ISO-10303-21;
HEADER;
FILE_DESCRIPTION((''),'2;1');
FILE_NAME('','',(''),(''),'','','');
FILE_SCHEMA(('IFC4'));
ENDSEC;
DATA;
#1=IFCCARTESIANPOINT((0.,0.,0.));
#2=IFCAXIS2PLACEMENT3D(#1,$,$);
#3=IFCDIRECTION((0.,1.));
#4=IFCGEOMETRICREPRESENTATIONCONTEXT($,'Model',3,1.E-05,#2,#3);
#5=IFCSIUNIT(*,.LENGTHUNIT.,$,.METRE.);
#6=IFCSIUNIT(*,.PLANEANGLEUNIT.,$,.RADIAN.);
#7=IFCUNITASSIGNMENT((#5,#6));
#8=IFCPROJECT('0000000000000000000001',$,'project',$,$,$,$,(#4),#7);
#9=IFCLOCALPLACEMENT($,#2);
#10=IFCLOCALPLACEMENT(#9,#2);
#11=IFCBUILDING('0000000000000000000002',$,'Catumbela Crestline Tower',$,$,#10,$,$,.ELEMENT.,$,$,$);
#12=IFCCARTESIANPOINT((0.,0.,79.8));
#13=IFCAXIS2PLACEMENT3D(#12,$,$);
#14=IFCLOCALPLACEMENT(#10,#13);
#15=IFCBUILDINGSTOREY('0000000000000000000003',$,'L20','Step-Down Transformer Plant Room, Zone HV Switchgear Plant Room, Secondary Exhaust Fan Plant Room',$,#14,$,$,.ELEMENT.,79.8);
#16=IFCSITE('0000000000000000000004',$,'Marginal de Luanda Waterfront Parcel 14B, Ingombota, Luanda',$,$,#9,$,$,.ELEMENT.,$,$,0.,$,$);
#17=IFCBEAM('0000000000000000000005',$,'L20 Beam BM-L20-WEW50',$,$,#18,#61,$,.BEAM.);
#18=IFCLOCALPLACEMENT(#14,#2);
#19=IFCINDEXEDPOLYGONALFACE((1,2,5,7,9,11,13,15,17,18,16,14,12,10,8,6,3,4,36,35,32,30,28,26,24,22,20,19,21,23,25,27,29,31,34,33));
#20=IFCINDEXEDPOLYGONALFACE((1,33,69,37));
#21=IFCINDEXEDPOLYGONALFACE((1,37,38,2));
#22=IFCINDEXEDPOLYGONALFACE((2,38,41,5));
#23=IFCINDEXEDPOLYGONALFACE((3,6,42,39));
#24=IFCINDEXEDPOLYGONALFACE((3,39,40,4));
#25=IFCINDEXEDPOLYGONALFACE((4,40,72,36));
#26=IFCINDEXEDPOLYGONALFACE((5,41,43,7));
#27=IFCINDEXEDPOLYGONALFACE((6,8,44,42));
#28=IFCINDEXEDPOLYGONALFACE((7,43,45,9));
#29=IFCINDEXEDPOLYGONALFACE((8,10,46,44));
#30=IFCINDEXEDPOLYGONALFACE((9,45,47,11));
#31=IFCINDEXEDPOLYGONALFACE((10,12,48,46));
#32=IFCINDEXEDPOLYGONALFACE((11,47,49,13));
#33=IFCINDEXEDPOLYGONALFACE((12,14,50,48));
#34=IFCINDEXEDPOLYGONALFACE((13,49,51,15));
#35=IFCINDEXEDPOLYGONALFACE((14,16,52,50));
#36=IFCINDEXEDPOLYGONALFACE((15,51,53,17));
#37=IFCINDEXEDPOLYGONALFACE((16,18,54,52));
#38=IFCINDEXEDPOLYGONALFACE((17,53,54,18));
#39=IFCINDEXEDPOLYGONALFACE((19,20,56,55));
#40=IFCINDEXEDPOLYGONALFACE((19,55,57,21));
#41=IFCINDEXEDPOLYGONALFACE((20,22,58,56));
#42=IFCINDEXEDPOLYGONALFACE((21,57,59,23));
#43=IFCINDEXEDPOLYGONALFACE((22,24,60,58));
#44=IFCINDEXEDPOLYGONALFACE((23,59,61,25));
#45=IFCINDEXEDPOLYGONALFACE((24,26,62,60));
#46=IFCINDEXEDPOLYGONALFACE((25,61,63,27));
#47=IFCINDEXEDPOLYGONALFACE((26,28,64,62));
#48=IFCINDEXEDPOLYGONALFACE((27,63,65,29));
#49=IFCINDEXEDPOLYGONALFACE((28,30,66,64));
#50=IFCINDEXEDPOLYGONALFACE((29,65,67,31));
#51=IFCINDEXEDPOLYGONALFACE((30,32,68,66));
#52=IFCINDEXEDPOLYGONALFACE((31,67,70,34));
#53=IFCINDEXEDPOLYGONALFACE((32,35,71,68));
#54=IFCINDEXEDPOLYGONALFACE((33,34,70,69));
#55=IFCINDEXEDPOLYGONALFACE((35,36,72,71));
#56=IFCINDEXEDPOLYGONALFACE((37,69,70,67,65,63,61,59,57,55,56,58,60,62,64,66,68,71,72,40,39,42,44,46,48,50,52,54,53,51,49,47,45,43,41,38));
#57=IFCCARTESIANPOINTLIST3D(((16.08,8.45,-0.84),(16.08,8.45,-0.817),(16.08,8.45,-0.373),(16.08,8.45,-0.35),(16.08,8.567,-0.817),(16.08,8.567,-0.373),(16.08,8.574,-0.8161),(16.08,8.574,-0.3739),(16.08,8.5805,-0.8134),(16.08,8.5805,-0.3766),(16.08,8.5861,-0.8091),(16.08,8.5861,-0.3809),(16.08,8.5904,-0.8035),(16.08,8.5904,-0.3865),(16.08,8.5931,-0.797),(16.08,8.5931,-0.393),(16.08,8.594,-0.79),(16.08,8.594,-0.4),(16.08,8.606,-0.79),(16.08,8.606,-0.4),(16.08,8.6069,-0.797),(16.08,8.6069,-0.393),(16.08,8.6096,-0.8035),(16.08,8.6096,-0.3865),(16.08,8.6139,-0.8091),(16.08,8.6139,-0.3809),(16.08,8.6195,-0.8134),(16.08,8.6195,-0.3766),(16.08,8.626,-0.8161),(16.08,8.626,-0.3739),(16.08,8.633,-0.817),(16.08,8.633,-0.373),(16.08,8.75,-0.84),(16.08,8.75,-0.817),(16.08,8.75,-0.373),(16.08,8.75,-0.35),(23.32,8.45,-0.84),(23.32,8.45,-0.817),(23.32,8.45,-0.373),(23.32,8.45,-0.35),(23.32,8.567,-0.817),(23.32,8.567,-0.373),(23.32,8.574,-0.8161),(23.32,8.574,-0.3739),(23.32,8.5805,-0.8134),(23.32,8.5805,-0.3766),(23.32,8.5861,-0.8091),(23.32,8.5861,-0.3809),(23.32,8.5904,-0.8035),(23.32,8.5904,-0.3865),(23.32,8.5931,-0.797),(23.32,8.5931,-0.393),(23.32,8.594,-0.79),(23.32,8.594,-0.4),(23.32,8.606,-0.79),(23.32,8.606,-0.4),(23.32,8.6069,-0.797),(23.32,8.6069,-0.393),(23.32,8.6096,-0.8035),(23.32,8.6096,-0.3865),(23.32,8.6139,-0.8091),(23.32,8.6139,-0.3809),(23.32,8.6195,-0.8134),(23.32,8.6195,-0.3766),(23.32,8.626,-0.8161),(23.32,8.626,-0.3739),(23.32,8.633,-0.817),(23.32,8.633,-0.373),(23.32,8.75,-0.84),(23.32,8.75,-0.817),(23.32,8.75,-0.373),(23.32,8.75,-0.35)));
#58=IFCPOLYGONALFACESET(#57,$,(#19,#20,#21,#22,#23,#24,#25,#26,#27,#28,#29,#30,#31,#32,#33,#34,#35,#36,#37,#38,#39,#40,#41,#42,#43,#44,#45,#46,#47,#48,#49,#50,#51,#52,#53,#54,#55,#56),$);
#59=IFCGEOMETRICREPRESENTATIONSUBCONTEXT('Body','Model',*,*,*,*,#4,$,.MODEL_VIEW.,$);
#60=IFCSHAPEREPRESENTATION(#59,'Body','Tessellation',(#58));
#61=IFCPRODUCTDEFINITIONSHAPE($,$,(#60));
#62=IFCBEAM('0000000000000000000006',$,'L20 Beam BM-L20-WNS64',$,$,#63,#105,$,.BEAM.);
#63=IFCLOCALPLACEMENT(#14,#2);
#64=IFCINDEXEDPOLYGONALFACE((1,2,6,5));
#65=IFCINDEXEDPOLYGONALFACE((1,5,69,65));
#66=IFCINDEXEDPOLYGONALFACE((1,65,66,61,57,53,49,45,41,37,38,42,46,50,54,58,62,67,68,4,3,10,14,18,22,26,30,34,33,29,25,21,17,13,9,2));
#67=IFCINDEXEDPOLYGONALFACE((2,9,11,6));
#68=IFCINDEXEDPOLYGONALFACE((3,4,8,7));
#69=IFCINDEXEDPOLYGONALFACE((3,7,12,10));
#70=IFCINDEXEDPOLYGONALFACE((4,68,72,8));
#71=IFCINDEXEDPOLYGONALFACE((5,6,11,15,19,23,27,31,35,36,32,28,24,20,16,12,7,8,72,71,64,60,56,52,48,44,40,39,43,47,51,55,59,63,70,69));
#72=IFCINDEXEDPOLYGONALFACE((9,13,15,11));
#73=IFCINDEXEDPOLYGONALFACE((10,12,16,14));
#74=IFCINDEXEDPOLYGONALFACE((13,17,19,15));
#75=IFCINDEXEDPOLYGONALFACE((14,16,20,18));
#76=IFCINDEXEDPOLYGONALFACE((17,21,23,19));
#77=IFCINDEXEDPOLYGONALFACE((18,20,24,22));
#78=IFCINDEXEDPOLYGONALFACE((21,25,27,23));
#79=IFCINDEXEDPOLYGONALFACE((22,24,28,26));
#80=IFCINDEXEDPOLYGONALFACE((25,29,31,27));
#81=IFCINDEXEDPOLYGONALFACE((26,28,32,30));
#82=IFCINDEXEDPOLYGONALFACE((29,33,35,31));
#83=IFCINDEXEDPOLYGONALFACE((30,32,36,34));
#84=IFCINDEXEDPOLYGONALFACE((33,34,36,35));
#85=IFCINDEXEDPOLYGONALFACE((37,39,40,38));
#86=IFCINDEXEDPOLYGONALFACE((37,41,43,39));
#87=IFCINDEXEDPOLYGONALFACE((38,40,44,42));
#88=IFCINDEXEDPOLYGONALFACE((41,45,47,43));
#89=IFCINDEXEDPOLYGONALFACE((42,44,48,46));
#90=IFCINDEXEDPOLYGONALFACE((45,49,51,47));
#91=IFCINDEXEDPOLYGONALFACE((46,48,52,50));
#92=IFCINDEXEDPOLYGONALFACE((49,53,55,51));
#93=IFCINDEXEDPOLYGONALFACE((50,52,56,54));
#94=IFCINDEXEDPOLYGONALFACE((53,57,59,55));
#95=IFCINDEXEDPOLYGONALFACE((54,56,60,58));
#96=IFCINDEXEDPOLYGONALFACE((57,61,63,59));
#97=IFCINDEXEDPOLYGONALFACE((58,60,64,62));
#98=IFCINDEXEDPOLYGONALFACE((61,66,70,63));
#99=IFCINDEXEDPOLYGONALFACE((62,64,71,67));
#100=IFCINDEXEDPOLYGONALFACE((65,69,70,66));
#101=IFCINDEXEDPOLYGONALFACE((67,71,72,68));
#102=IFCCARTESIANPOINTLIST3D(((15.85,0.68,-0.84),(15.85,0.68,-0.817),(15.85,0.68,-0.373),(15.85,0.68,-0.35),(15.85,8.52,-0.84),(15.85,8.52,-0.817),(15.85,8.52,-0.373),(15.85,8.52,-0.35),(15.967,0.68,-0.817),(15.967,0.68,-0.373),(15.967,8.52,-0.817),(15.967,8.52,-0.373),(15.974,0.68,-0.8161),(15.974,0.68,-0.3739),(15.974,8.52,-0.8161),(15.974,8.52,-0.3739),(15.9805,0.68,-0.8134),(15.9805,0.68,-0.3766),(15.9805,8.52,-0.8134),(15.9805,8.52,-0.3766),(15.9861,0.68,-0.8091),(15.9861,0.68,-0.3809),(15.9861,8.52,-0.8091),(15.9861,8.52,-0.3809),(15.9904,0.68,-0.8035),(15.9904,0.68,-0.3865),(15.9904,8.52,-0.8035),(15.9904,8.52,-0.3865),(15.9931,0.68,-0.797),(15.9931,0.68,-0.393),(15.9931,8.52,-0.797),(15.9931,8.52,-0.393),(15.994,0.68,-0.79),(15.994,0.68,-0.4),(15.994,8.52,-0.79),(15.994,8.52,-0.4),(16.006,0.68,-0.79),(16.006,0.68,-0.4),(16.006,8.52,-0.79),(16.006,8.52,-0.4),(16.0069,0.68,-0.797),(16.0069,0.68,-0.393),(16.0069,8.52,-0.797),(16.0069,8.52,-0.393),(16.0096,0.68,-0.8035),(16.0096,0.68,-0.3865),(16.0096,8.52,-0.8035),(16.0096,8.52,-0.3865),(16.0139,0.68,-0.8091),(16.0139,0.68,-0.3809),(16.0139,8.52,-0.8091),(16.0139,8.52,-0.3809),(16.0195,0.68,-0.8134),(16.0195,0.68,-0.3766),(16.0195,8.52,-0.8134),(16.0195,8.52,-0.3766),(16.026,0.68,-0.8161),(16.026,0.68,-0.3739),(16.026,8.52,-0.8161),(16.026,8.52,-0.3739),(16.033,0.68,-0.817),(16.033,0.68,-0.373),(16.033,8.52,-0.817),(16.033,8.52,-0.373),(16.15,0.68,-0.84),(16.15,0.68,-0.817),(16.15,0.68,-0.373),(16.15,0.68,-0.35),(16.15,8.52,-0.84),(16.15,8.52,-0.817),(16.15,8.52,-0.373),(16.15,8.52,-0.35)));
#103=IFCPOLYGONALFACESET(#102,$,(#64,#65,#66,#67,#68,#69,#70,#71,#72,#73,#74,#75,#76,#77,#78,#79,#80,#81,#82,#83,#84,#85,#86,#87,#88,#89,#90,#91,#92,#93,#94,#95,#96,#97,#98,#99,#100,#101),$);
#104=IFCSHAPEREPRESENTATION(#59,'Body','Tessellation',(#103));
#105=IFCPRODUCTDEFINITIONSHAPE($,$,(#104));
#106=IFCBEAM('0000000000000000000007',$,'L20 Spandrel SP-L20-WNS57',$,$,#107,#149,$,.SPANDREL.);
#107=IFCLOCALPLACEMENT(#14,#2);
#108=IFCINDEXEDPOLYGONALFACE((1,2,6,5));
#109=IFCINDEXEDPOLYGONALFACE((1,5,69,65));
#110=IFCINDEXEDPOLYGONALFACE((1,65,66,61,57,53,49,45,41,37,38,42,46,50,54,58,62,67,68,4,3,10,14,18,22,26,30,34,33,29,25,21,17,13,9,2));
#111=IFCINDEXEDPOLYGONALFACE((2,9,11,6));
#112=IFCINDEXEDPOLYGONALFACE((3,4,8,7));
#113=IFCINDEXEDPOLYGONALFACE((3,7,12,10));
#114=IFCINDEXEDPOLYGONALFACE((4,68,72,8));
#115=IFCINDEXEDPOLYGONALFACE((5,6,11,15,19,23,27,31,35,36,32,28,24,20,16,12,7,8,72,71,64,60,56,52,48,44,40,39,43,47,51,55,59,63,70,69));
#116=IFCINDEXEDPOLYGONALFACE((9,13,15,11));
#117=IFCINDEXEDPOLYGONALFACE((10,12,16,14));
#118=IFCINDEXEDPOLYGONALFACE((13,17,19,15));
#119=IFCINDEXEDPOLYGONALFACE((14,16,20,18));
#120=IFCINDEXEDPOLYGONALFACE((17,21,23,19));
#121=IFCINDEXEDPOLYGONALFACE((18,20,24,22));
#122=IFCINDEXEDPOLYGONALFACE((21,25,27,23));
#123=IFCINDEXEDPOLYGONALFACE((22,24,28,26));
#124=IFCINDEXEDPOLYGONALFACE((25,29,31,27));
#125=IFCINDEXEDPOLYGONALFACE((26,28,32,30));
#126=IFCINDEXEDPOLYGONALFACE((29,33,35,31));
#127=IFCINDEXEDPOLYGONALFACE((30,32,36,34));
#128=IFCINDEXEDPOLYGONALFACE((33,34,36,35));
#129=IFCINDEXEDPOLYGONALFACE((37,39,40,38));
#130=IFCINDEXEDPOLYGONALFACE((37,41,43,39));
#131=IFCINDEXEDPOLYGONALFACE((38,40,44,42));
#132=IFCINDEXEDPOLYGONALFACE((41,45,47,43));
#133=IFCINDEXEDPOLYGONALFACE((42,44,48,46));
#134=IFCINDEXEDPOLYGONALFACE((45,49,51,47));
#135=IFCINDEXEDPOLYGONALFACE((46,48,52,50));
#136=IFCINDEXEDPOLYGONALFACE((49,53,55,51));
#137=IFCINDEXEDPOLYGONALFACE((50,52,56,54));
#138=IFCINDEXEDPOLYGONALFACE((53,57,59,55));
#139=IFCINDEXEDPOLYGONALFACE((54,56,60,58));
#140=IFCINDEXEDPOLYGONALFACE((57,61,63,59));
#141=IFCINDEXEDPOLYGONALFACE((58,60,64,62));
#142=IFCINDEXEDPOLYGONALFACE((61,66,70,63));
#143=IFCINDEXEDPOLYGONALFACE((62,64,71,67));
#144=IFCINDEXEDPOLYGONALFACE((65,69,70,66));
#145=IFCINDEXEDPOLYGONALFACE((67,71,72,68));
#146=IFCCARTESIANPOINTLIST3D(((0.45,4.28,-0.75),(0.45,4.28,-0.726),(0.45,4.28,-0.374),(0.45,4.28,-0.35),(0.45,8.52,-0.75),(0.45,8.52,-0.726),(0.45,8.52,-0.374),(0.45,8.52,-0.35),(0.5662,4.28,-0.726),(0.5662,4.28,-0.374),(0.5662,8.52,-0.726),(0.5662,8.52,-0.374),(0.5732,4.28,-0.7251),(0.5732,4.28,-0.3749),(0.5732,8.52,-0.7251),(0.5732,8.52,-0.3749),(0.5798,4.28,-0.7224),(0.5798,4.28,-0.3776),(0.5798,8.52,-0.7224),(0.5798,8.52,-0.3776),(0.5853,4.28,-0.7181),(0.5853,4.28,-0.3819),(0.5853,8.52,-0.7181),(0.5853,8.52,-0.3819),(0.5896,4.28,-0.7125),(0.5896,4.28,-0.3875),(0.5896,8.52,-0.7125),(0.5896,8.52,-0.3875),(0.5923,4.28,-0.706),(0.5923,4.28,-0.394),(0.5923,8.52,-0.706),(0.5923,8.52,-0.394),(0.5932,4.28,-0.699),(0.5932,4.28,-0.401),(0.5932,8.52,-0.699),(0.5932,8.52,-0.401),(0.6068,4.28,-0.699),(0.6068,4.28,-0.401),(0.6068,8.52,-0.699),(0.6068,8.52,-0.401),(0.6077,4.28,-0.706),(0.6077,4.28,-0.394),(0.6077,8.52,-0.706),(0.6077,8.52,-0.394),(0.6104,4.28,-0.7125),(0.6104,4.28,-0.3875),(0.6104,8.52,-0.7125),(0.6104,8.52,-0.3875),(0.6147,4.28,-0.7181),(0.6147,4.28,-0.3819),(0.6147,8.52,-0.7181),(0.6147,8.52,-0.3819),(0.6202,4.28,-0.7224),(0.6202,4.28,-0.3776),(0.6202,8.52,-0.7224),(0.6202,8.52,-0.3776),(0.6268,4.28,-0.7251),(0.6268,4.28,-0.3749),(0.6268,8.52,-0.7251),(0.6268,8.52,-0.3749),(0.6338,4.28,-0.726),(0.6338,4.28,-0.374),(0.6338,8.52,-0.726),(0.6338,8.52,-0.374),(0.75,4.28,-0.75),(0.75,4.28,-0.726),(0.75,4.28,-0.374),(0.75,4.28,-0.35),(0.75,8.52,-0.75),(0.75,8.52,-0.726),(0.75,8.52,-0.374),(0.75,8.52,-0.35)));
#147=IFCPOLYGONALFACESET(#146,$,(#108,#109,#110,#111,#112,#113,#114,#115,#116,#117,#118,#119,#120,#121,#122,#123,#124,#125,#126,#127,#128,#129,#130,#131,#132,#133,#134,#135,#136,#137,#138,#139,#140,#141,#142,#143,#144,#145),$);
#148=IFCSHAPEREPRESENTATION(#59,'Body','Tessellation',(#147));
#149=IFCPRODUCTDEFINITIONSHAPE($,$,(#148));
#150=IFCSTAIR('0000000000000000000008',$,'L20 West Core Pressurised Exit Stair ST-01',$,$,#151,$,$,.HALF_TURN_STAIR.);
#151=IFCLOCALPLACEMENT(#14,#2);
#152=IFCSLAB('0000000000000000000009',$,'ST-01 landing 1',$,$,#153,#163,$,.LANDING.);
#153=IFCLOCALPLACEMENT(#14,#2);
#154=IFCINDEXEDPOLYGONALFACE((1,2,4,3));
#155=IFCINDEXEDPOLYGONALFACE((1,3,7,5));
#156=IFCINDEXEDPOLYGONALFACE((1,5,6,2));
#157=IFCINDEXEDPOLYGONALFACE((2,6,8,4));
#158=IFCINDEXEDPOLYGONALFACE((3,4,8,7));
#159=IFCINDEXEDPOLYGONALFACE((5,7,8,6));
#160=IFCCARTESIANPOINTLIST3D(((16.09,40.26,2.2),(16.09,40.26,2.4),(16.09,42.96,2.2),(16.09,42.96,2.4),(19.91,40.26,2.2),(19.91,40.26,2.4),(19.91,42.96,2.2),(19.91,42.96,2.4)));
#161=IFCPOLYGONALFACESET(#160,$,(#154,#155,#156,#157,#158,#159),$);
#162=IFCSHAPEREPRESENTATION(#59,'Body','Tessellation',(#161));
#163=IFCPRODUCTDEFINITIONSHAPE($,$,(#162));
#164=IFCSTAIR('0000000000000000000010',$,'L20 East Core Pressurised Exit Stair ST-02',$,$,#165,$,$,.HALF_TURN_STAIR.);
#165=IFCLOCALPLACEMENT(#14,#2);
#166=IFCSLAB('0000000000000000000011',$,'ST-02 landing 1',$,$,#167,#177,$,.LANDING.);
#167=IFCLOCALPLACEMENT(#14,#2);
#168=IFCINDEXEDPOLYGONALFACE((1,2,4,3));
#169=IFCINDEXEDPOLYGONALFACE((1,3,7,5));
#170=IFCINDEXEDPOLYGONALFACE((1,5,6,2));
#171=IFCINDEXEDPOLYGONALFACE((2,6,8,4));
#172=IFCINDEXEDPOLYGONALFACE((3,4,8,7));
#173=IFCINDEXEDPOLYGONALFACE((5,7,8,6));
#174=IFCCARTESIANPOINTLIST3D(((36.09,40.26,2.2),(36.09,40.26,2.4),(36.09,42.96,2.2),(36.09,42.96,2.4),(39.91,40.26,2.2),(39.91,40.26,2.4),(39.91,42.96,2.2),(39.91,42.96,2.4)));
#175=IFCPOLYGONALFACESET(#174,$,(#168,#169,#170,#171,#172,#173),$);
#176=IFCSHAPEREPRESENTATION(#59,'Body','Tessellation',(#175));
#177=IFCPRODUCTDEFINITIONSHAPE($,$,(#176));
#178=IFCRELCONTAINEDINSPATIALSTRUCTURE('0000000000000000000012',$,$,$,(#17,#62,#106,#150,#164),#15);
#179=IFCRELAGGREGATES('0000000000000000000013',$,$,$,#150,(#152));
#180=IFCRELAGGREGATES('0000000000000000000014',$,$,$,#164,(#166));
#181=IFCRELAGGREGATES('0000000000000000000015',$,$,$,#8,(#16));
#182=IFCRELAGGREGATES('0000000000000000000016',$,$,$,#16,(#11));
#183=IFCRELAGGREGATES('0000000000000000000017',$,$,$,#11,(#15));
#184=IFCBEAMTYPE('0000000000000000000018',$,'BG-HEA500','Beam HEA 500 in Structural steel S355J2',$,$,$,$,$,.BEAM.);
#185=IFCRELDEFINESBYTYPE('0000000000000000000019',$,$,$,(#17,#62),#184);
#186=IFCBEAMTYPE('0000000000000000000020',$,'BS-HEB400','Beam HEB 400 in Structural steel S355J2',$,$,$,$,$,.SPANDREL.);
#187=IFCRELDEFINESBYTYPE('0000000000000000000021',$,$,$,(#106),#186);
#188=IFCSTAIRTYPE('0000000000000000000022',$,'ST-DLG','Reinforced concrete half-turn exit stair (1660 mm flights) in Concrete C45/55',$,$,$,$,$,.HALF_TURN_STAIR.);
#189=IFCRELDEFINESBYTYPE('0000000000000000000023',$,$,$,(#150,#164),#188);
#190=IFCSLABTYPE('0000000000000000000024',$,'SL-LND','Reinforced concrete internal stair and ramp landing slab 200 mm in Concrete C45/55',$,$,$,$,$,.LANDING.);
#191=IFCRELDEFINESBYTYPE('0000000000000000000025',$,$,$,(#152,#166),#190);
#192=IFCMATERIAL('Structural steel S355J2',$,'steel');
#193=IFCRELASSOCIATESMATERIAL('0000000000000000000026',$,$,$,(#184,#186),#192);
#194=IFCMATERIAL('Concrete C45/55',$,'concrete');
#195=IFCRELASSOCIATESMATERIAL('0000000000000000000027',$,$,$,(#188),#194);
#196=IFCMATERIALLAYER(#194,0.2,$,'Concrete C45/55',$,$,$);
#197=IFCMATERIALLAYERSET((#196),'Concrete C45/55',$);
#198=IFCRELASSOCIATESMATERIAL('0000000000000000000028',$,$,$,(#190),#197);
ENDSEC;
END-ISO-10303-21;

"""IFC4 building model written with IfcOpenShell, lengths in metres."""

from ifc_helpers import new_model, si_unit, direction, frame, origin, origin_2d, place, context, subcontext, project, spatial, polyline, i_section, outline, extrude, material, layer, layer_set, material_profile, profile_set, type_object, element, aggregate, save


model = new_model("IFC4")

# Units and contexts
model_context = context("Model", 3, precision=1e-05, world=origin(), true_north=direction((0.0, 1.0)))
body_context = subcontext(model_context, "Body", "Model", "MODEL_VIEW")
ifc_project = project(units=[si_unit("LENGTHUNIT", "METRE"), si_unit("PLANEANGLEUNIT", "RADIAN")], contexts=[model_context])

# Site, building, storey
site_placement = place(None, origin())
site = spatial("IfcSite", under=ifc_project, at=site_placement, Name="Marginal de Luanda Waterfront Parcel 14B, Ingombota, Luanda", CompositionType="ELEMENT", RefElevation=0.0)
building_placement = place(site_placement, origin())
building = spatial("IfcBuilding", under=site, at=building_placement, Name="Catumbela Crestline Tower", CompositionType="ELEMENT")
storey_placement = place(building_placement, frame((0.0, 0.0, 79.8)))
storey = spatial("IfcBuildingStorey", under=building, at=storey_placement, Name="L20", Description="Step-Down Transformer Plant Room, Zone HV Switchgear Plant Room, Secondary Exhaust Fan Plant Room", CompositionType="ELEMENT", Elevation=79.8)

# Beams
ifc_material_1 = material(Name="Structural steel S355J2", Category="steel")
ifc_material_profile_1 = material_profile(ifc_material_1, i_section(OverallWidth=0.3, OverallDepth=0.49, WebThickness=0.012, FlangeThickness=0.023, FilletRadius=0.027, at=origin_2d()), Name="HEA 500")
ifc_profile_set_1 = profile_set([ifc_material_profile_1], Name="Structural steel S355J2")
beam_type_1 = type_object("IfcBeamType", Name="BG-HEA500", Description="Beam HEA 500 in Structural steel S355J2", PredefinedType="BEAM", material=ifc_profile_set_1)
beam_1_placement = place(storey_placement, frame((16.08, 8.6, -0.595), z_axis=(1.0, 0.0, 0.0), x_axis=(0.0, 1.0, 0.0)))
element("IfcBeam", 1, at=beam_1_placement, inside=storey, type_object=beam_type_1, Name="L20 Beam BM-L20-WEW50", PredefinedType="BEAM", context=body_context, shape_type="SweptSolid", body=[
    extrude(i_section(OverallWidth=0.3, OverallDepth=0.49, WebThickness=0.012, FlangeThickness=0.023, FilletRadius=0.027, at=origin_2d()), origin(), (0.0, 0.0, 1.0), 7.24),
])
beam_2_placement = place(storey_placement, frame((16.0, 0.68, -0.595), z_axis=(0.0, 1.0, 0.0), x_axis=(-1.0, 0.0, 0.0)))
element("IfcBeam", 2, at=beam_2_placement, inside=storey, type_object=beam_type_1, Name="L20 Beam BM-L20-WNS64", PredefinedType="BEAM", context=body_context, shape_type="SweptSolid", body=[
    extrude(i_section(OverallWidth=0.3, OverallDepth=0.49, WebThickness=0.012, FlangeThickness=0.023, FilletRadius=0.027, at=origin_2d()), origin(), (0.0, 0.0, 1.0), 7.84),
])
ifc_material_profile_2 = material_profile(ifc_material_1, i_section(OverallWidth=0.3, OverallDepth=0.4, WebThickness=0.0135, FlangeThickness=0.024, FilletRadius=0.027, at=origin_2d()), Name="HEB 400")
ifc_profile_set_2 = profile_set([ifc_material_profile_2], Name="Structural steel S355J2")
beam_type_2 = type_object("IfcBeamType", Name="BS-HEB400", Description="Beam HEB 400 in Structural steel S355J2", PredefinedType="SPANDREL", material=ifc_profile_set_2)
beam_3_placement = place(storey_placement, frame((0.6, 4.28, -0.55), z_axis=(0.0, 1.0, 0.0), x_axis=(-1.0, 0.0, 0.0)))
element("IfcBeam", 3, at=beam_3_placement, inside=storey, type_object=beam_type_2, Name="L20 Spandrel SP-L20-WNS57", PredefinedType="SPANDREL", context=body_context, shape_type="SweptSolid", body=[
    extrude(i_section(OverallWidth=0.3, OverallDepth=0.4, WebThickness=0.0135, FlangeThickness=0.024, FilletRadius=0.027, at=origin_2d()), origin(), (0.0, 0.0, 1.0), 4.24),
])

# Stairs, slabs
ifc_material_2 = material(Name="Concrete C45/55", Category="concrete")
stair_type = type_object("IfcStairType", Name="ST-DLG", Description="Reinforced concrete half-turn exit stair (1660 mm flights) in Concrete C45/55", PredefinedType="HALF_TURN_STAIR", material=ifc_material_2)
stair_1_placement = place(storey_placement, origin())
stair_1 = element("IfcStair", 4, at=stair_1_placement, inside=storey, type_object=stair_type, Name="L20 West Core Pressurised Exit Stair ST-01", PredefinedType="HALF_TURN_STAIR")
ifc_layer_1 = layer(ifc_material_2, 0.2, Name="Concrete C45/55")
ifc_layer_set_1 = layer_set([ifc_layer_1], Name="Concrete C45/55")
slab_type_1 = type_object("IfcSlabType", Name="SL-LND", Description="Reinforced concrete internal stair and ramp landing slab 200 mm in Concrete C45/55", PredefinedType="LANDING", material=ifc_layer_set_1)
slab_1_placement = place(storey_placement, frame((0.0, 0.0, 2.2)))
slab_1 = element("IfcSlab", 5, at=slab_1_placement, type_object=slab_type_1, Name="ST-01 landing 1", PredefinedType="LANDING", context=body_context, shape_type="SweptSolid", body=[
    extrude(outline(polyline([(19.91, 40.26), (19.91, 42.96), (16.09, 42.96), (16.09, 40.26), (19.91, 40.26)])), origin(), (0.0, 0.0, 1.0), 0.2),
])
aggregate(stair_1, [slab_1])
stair_2_placement = place(storey_placement, origin())
stair_2 = element("IfcStair", 6, at=stair_2_placement, inside=storey, type_object=stair_type, Name="L20 East Core Pressurised Exit Stair ST-02", PredefinedType="HALF_TURN_STAIR")
slab_2_placement = place(storey_placement, frame((0.0, 0.0, 2.2)))
slab_2 = element("IfcSlab", 7, at=slab_2_placement, type_object=slab_type_1, Name="ST-02 landing 1", PredefinedType="LANDING", context=body_context, shape_type="SweptSolid", body=[
    extrude(outline(polyline([(39.91, 40.26), (39.91, 42.96), (36.09, 42.96), (36.09, 40.26), (39.91, 40.26)])), origin(), (0.0, 0.0, 1.0), 0.2),
])
aggregate(stair_2, [slab_2])

save(model, "model.ifc")
